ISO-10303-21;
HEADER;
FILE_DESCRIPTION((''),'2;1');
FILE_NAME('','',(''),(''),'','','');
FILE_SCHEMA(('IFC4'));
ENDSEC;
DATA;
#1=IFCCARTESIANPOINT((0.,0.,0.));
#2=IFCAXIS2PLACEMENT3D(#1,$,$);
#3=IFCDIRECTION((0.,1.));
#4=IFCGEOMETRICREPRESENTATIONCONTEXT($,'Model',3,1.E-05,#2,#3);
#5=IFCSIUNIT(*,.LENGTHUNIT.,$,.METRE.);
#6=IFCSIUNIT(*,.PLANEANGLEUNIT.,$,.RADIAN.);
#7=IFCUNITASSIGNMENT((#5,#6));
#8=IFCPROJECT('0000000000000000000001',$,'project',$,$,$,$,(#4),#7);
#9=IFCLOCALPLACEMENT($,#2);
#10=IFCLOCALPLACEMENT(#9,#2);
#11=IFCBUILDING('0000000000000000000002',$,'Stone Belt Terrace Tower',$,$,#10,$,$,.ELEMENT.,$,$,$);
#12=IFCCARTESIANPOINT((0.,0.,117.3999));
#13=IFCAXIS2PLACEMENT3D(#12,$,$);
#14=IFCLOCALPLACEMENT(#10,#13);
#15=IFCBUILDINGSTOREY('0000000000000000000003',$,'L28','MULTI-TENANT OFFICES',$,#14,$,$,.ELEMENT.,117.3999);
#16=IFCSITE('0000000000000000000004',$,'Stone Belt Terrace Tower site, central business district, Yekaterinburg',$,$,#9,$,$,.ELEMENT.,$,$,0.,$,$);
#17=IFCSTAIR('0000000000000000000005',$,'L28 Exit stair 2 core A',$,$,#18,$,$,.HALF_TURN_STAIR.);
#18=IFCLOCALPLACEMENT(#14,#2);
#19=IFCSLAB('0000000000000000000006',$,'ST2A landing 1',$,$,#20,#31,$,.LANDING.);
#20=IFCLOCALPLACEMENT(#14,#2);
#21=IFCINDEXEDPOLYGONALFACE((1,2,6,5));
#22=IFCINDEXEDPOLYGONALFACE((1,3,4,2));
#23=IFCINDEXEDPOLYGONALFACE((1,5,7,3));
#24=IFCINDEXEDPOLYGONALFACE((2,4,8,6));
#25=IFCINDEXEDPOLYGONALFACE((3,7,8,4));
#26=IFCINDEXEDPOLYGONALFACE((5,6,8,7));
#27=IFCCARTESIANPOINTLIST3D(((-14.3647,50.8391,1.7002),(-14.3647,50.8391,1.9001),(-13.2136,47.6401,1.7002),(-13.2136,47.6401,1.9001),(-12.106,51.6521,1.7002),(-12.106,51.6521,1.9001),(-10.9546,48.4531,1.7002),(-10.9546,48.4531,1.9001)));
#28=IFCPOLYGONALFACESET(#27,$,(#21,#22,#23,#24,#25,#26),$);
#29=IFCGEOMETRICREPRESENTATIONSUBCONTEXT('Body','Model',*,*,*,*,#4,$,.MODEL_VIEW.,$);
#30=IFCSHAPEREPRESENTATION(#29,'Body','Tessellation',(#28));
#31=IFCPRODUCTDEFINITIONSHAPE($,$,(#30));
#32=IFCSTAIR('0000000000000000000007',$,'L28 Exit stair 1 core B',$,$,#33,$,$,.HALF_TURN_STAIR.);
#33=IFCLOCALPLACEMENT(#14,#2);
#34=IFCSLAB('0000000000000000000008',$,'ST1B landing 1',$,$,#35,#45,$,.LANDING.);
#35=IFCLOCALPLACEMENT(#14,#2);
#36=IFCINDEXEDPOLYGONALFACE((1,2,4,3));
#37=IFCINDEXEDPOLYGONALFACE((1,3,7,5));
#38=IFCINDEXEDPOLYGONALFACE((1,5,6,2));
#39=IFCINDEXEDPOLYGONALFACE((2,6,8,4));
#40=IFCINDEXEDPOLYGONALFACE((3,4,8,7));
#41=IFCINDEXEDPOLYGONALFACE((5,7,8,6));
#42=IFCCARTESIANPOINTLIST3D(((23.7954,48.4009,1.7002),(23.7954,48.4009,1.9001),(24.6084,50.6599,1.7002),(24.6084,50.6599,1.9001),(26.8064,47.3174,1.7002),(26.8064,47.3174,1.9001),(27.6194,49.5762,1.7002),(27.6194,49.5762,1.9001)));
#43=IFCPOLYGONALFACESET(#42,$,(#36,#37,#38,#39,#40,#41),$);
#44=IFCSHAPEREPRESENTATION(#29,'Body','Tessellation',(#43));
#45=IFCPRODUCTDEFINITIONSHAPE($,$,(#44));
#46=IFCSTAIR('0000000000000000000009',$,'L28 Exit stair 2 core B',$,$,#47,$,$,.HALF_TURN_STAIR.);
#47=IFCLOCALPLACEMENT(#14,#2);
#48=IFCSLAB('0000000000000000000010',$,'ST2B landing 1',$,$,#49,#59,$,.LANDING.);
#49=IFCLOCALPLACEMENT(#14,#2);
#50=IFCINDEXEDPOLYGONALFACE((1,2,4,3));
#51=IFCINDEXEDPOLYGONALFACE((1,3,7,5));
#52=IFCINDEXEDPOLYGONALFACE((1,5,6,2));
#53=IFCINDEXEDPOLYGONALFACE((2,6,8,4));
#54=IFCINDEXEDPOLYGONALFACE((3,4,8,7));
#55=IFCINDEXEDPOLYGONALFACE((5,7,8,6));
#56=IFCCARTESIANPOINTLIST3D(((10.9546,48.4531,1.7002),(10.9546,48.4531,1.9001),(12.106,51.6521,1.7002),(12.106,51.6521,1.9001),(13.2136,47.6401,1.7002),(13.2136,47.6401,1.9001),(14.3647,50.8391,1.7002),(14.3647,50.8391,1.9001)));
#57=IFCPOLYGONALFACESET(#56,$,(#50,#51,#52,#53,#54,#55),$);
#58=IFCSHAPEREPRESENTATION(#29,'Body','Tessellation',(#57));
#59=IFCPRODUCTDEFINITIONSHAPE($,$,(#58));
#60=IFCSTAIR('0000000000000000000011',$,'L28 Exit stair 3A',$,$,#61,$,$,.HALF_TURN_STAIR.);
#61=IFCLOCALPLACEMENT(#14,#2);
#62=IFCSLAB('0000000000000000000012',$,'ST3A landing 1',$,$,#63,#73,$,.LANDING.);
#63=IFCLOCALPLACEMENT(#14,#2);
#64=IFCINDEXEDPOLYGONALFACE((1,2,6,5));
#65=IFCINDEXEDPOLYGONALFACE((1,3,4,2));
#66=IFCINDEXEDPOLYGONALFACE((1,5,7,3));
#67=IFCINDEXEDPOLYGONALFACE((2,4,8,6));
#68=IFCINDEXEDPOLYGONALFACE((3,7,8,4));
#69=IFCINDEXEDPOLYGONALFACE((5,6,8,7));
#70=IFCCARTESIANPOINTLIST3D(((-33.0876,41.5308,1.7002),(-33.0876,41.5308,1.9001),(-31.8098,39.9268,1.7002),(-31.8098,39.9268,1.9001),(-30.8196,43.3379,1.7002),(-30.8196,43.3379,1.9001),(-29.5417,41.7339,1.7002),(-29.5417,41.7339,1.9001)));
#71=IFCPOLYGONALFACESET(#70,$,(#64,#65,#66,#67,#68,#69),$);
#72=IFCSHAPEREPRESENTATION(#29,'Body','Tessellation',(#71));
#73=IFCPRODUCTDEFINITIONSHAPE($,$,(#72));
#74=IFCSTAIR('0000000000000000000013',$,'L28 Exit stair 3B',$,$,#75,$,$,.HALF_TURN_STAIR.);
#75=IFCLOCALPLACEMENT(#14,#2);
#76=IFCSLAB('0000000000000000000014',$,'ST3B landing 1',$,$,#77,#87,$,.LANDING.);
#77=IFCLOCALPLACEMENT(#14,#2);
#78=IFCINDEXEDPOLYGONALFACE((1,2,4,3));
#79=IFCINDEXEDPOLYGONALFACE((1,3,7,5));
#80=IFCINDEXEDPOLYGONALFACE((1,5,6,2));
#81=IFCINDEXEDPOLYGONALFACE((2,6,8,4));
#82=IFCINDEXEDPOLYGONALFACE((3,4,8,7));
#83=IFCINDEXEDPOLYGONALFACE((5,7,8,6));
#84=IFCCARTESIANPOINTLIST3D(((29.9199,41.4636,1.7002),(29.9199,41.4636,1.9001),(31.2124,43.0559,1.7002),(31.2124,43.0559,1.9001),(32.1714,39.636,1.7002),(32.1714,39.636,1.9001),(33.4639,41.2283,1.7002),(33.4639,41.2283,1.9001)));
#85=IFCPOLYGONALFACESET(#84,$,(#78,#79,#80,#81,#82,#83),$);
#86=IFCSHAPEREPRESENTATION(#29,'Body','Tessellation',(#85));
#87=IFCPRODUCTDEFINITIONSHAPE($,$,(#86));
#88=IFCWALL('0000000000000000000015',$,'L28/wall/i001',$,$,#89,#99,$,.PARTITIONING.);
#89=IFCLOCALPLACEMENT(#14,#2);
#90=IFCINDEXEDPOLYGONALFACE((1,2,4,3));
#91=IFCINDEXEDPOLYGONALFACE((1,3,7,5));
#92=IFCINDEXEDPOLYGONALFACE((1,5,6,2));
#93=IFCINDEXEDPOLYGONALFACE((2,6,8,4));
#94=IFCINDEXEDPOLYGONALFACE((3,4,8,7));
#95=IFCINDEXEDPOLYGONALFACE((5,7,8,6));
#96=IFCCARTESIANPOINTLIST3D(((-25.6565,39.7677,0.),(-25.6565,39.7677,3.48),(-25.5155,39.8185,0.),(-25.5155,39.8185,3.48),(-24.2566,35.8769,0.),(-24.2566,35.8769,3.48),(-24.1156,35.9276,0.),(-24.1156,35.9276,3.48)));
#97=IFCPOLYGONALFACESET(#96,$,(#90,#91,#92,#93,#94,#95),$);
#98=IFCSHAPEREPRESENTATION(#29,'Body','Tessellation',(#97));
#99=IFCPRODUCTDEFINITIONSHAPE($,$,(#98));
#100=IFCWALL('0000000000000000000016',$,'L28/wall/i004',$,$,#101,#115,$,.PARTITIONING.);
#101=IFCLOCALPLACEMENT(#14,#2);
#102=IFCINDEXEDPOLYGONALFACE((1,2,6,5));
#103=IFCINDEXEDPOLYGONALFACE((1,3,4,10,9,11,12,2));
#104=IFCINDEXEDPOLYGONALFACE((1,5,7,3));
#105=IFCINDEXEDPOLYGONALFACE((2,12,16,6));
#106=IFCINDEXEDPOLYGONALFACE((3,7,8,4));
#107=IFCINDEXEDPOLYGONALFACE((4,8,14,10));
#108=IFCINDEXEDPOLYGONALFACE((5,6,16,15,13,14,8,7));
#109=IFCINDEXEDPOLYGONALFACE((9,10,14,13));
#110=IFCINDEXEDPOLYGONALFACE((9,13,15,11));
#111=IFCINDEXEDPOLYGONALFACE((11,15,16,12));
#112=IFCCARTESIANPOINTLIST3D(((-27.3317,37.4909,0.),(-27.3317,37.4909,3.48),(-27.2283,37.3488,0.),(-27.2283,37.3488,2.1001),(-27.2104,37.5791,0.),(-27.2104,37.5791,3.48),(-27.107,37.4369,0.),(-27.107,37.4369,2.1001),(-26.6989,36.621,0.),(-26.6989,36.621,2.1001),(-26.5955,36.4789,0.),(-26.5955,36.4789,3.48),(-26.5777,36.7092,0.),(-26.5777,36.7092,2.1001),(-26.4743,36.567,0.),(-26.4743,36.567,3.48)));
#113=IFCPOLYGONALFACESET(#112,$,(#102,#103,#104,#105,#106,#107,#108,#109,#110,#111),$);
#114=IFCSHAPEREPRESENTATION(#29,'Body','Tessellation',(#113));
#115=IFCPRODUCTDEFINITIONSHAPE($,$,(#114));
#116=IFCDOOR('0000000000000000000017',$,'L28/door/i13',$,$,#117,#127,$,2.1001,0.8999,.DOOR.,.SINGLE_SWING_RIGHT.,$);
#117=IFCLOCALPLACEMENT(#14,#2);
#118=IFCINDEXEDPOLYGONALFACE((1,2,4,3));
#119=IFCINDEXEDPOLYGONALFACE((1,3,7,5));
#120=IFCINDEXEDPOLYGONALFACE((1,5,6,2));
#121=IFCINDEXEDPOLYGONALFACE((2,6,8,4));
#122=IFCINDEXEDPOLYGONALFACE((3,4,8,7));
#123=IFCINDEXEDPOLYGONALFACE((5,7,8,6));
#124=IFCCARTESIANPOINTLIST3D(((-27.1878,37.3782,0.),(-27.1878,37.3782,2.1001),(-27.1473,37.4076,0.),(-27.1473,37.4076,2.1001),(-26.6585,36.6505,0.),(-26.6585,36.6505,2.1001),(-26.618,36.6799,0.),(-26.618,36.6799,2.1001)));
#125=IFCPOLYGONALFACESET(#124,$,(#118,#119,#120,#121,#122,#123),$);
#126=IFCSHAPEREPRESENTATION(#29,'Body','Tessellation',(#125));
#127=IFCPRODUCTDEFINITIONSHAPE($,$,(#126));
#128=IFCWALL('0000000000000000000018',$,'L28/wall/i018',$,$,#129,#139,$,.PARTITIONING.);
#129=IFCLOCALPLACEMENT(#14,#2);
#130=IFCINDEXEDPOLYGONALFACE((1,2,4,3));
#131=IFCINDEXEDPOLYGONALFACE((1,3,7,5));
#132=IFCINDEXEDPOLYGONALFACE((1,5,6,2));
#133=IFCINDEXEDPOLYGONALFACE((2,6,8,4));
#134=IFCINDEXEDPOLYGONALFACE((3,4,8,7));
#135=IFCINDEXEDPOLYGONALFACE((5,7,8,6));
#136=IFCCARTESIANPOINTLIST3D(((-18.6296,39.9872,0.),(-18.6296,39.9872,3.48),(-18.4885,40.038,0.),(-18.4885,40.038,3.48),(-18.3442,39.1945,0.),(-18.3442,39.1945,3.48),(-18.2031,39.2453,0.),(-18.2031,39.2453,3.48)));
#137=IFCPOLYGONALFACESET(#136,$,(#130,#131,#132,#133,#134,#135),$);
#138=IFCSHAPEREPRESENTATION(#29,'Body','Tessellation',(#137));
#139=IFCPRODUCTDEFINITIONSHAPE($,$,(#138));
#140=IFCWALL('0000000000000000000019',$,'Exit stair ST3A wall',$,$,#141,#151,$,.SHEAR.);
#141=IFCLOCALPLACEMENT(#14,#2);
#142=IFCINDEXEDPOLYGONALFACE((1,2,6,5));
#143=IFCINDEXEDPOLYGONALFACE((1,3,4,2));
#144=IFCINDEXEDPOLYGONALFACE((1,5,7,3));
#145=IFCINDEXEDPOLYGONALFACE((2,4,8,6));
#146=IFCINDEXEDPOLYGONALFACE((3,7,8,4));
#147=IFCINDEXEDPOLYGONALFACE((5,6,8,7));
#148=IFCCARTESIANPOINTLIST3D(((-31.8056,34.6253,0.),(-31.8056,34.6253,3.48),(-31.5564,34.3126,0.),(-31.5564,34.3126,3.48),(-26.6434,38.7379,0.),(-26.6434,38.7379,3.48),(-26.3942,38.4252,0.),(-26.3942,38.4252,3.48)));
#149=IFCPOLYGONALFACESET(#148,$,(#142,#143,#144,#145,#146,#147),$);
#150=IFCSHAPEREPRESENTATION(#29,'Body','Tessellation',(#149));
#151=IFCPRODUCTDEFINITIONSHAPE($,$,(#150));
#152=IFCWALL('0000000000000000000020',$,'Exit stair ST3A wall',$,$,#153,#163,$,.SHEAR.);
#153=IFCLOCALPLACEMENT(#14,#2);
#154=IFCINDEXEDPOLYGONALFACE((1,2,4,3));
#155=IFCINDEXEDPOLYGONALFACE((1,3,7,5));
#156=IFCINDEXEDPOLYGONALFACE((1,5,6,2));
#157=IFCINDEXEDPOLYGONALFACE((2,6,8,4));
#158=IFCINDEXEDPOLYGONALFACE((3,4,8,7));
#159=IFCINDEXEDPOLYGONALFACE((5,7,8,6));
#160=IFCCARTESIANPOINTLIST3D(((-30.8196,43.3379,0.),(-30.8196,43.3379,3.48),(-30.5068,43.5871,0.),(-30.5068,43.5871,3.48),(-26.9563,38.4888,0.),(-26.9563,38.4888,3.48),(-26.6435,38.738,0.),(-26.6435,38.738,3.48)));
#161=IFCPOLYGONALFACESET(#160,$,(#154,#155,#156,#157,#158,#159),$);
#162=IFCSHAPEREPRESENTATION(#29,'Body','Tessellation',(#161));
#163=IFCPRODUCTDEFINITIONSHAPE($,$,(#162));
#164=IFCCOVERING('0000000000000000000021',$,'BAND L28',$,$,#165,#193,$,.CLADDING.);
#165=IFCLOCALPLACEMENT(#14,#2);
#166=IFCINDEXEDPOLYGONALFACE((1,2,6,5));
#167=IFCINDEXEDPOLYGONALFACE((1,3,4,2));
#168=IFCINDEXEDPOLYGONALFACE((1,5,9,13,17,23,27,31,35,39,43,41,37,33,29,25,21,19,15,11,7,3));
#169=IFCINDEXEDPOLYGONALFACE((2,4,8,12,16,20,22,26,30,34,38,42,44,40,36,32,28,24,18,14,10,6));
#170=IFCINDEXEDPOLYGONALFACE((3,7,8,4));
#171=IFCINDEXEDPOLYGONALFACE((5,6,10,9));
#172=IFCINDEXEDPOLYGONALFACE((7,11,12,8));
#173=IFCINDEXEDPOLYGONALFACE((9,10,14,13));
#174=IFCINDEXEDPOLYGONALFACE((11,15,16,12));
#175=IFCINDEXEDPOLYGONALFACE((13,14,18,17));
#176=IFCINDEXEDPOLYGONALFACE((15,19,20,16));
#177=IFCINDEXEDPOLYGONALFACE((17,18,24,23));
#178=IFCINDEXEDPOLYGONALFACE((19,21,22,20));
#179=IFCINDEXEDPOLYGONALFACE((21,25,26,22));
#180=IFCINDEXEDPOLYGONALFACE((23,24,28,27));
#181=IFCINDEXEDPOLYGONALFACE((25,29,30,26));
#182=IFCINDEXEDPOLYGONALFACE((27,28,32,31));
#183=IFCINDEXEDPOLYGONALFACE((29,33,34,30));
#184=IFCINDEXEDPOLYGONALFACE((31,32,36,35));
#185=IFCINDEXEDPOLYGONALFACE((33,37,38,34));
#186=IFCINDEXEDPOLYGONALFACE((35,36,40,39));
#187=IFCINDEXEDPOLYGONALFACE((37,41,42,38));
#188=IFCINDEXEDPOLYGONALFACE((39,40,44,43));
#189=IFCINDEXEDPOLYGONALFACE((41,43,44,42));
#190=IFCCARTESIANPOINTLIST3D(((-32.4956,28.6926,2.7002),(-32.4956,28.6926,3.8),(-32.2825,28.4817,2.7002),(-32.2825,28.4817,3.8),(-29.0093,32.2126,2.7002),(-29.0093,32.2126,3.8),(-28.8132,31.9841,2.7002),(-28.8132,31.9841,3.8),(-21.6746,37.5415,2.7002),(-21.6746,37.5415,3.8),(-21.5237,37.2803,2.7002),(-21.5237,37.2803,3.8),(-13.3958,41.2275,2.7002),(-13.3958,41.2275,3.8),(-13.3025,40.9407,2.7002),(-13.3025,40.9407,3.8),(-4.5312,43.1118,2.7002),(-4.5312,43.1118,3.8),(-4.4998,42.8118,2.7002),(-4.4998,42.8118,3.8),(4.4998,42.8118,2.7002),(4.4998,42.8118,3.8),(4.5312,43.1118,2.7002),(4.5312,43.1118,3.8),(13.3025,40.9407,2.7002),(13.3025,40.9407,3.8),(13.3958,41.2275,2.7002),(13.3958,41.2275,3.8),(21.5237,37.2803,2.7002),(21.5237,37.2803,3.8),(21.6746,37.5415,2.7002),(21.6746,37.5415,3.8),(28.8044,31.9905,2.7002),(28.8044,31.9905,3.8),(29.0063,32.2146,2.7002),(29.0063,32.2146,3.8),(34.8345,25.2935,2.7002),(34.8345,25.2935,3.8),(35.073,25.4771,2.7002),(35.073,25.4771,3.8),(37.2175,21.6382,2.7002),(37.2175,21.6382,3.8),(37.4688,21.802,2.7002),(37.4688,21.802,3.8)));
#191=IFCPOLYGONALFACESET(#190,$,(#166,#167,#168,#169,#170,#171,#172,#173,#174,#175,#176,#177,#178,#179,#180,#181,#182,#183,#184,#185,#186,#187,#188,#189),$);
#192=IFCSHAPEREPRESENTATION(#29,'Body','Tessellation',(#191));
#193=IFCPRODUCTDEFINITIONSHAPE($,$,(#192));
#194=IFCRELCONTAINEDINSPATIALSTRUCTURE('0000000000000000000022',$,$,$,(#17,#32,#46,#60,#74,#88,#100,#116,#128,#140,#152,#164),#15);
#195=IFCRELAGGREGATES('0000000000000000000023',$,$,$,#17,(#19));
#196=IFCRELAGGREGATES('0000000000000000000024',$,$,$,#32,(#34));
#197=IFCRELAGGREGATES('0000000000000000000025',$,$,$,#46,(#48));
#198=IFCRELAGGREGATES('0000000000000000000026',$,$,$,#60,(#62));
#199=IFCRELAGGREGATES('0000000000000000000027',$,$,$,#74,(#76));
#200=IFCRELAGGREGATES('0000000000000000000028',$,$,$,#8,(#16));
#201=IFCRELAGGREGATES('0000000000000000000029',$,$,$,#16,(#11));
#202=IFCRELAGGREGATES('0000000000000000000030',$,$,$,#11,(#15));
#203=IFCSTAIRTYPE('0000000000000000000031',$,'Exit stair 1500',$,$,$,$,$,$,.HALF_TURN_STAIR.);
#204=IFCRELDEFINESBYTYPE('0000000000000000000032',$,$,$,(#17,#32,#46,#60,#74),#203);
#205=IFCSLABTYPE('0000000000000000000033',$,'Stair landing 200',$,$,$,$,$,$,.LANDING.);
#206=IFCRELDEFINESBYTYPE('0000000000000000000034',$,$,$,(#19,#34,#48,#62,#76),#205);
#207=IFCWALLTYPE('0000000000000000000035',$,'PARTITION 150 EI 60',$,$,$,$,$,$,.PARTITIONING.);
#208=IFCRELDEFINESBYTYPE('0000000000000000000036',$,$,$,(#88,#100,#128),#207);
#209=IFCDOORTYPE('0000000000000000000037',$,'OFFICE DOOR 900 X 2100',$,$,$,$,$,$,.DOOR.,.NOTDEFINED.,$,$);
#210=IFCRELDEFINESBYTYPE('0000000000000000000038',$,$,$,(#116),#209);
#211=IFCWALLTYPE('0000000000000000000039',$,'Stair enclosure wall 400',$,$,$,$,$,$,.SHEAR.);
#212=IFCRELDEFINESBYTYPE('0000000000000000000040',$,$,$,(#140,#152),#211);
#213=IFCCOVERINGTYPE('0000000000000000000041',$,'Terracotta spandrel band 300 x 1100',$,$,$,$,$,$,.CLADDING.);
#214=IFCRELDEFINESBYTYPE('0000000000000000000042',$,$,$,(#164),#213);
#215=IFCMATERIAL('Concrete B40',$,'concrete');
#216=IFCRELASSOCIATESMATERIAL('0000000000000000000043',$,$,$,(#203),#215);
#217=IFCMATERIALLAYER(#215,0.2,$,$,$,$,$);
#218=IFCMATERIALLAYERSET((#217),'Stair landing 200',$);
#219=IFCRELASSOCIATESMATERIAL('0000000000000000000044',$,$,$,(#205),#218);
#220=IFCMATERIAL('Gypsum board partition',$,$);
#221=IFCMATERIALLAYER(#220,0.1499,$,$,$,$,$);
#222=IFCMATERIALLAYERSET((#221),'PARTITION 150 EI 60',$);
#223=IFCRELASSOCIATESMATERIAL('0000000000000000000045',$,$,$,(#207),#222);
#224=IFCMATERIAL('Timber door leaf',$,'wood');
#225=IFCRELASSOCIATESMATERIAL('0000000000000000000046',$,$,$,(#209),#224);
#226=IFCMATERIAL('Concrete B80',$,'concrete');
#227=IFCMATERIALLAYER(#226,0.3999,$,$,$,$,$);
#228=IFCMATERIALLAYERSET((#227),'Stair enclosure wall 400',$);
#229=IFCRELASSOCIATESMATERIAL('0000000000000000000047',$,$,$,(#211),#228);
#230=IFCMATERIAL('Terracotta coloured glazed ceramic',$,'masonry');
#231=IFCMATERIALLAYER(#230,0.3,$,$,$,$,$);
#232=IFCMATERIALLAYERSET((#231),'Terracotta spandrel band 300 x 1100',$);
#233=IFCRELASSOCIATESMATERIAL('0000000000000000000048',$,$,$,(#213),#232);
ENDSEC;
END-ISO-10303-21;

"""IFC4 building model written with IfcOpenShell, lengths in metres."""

from ifc_helpers import new_model, si_unit, direction, frame, frame_2d, origin, place, context, subcontext, project, spatial, polyline, rectangle, outline, extrude, material, layer, layer_set, type_object, element, fill, aggregate, save


model = new_model("IFC4")

# Units and contexts
model_context = context("Model", 3, precision=1e-05, world=origin(), true_north=direction((0.0, 1.0)))
body_context = subcontext(model_context, "Body", "Model", "MODEL_VIEW")
ifc_project = project(units=[si_unit("LENGTHUNIT", "METRE"), si_unit("PLANEANGLEUNIT", "RADIAN")], contexts=[model_context])

# Site, building, storey
site_placement = place(None, origin())
site = spatial("IfcSite", under=ifc_project, at=site_placement, Name="Stone Belt Terrace Tower site, central business district, Yekaterinburg", CompositionType="ELEMENT", RefElevation=0.0)
building_placement = place(site_placement, origin())
building = spatial("IfcBuilding", under=site, at=building_placement, Name="Stone Belt Terrace Tower", CompositionType="ELEMENT")
storey_placement = place(building_placement, frame((0.0, 0.0, 117.3999)))
storey = spatial("IfcBuildingStorey", under=building, at=storey_placement, Name="L28", Description="MULTI-TENANT OFFICES", CompositionType="ELEMENT", Elevation=117.3999)

# Shared definitions
ifc_material_1 = material(Name="Concrete B80", Category="concrete")

# Shared definitions
ifc_material_2 = material(Name="Concrete B40", Category="concrete")

# Stairs, slabs
stair_type = type_object("IfcStairType", Name="Exit stair 1500", PredefinedType="HALF_TURN_STAIR", material=ifc_material_2)
ifc_layer_1 = layer(ifc_material_2, 0.2)
ifc_layer_set_1 = layer_set([ifc_layer_1], Name="Stair landing 200")
slab_type_1 = type_object("IfcSlabType", Name="Stair landing 200", PredefinedType="LANDING", material=ifc_layer_set_1)
stair_1_placement = place(storey_placement, origin())
stair_1 = element("IfcStair", 1, at=stair_1_placement, inside=storey, type_object=stair_type, Name="L28 Exit stair 2 core A", PredefinedType="HALF_TURN_STAIR")
slab_1_placement = place(storey_placement, frame((0.0, 0.0, 1.7002)))
slab_1 = element("IfcSlab", 2, at=slab_1_placement, type_object=slab_type_1, Name="ST2A landing 1", PredefinedType="LANDING", context=body_context, shape_type="SweptSolid", body=[
    extrude(outline(polyline([(-13.2136, 47.6401), (-10.9546, 48.4531), (-12.106, 51.6521), (-14.3647, 50.8391), (-13.2136, 47.6401)])), origin(), (0.0, 0.0, 1.0), 0.2),
])
aggregate(stair_1, [slab_1])
stair_2_placement = place(storey_placement, origin())
stair_2 = element("IfcStair", 3, at=stair_2_placement, inside=storey, type_object=stair_type, Name="L28 Exit stair 1 core B", PredefinedType="HALF_TURN_STAIR")
slab_2_placement = place(storey_placement, frame((0.0, 0.0, 1.7002)))
slab_2 = element("IfcSlab", 4, at=slab_2_placement, type_object=slab_type_1, Name="ST1B landing 1", PredefinedType="LANDING", context=body_context, shape_type="SweptSolid", body=[
    extrude(outline(polyline([(26.8064, 47.3174), (27.6194, 49.5762), (24.6084, 50.6599), (23.7954, 48.4009), (26.8064, 47.3174)])), origin(), (0.0, 0.0, 1.0), 0.2),
])
aggregate(stair_2, [slab_2])
stair_3_placement = place(storey_placement, origin())
stair_3 = element("IfcStair", 5, at=stair_3_placement, inside=storey, type_object=stair_type, Name="L28 Exit stair 2 core B", PredefinedType="HALF_TURN_STAIR")
slab_3_placement = place(storey_placement, frame((0.0, 0.0, 1.7002)))
slab_3 = element("IfcSlab", 6, at=slab_3_placement, type_object=slab_type_1, Name="ST2B landing 1", PredefinedType="LANDING", context=body_context, shape_type="SweptSolid", body=[
    extrude(outline(polyline([(14.3647, 50.8391), (12.106, 51.6521), (10.9546, 48.4531), (13.2136, 47.6401), (14.3647, 50.8391)])), origin(), (0.0, 0.0, 1.0), 0.2),
])
aggregate(stair_3, [slab_3])
stair_4_placement = place(storey_placement, origin())
stair_4 = element("IfcStair", 7, at=stair_4_placement, inside=storey, type_object=stair_type, Name="L28 Exit stair 3A", PredefinedType="HALF_TURN_STAIR")
slab_4_placement = place(storey_placement, frame((0.0, 0.0, 1.7002)))
slab_4 = element("IfcSlab", 8, at=slab_4_placement, type_object=slab_type_1, Name="ST3A landing 1", PredefinedType="LANDING", context=body_context, shape_type="SweptSolid", body=[
    extrude(outline(polyline([(-29.5417, 41.7339), (-30.8196, 43.3379), (-33.0876, 41.5308), (-31.8098, 39.9268), (-29.5417, 41.7339)])), origin(), (0.0, 0.0, 1.0), 0.2),
])
aggregate(stair_4, [slab_4])
stair_5_placement = place(storey_placement, origin())
stair_5 = element("IfcStair", 9, at=stair_5_placement, inside=storey, type_object=stair_type, Name="L28 Exit stair 3B", PredefinedType="HALF_TURN_STAIR")
slab_5_placement = place(storey_placement, frame((0.0, 0.0, 1.7002)))
slab_5 = element("IfcSlab", 10, at=slab_5_placement, type_object=slab_type_1, Name="ST3B landing 1", PredefinedType="LANDING", context=body_context, shape_type="SweptSolid", body=[
    extrude(outline(polyline([(32.1714, 39.636), (33.4639, 41.2283), (31.2124, 43.0559), (29.9199, 41.4636), (32.1714, 39.636)])), origin(), (0.0, 0.0, 1.0), 0.2),
])
aggregate(stair_5, [slab_5])

# Wall
ifc_material_3 = material(Name="Gypsum board partition")
ifc_layer_2 = layer(ifc_material_3, 0.1499)
ifc_layer_set_2 = layer_set([ifc_layer_2], Name="PARTITION 150 EI 60")
wall_type_1 = type_object("IfcWallType", Name="PARTITION 150 EI 60", PredefinedType="PARTITIONING", material=ifc_layer_set_2)
wall_1_placement = place(storey_placement, frame((-25.5859, 39.793, 0.0), z_axis=(0.0, 0.0, 1.0), x_axis=(0.338546, -0.94095, 0.0)))
element("IfcWall", 11, at=wall_1_placement, inside=storey, type_object=wall_type_1, Name="L28/wall/i001", PredefinedType="PARTITIONING", context=body_context, shape_type="SweptSolid", body=[
    extrude(rectangle(XDim=4.135, YDim=0.1499, at=frame_2d((2.0674, 0.0))), origin(), (0.0, 0.0, 1.0), 3.48),
])

# Wall, opening, door
wall_2_placement = place(storey_placement, frame((-26.5349, 36.5229, 0.0), z_axis=(0.0, 0.0, 1.0), x_axis=(-0.58823, 0.808694, 0.0)))
wall_2 = element("IfcWall", 12, at=wall_2_placement, inside=storey, type_object=wall_type_1, Name="L28/wall/i004", PredefinedType="PARTITIONING", context=body_context, shape_type="SweptSolid", body=[
    extrude(rectangle(XDim=1.2515, YDim=0.1499, at=frame_2d((0.6257, 0.0))), origin(), (0.0, 0.0, 1.0), 3.48),
])
opening_placement = place(wall_2_placement, frame((0.1758, 0.0, 0.0)))
opening = element("IfcOpeningElement", 13, at=opening_placement, cuts=wall_2, PredefinedType="OPENING", context=body_context, shape_type="SweptSolid", body=[
    extrude(rectangle(XDim=0.8999, YDim=2.1001, at=frame_2d((0.45, 1.05))), frame((0.0, 0.085, 0.0), z_axis=(0.0, -1.0, 0.0), x_axis=(1.0, 0.0, 0.0)), (0.0, 0.0, 1.0), 0.1699),
])
ifc_material_4 = material(Name="Timber door leaf", Category="wood")
door_type = type_object("IfcDoorType", Name="OFFICE DOOR 900 X 2100", OperationType="NOTDEFINED", PredefinedType="DOOR", material=ifc_material_4)
door_placement = place(opening_placement, origin())
door = element("IfcDoor", 14, at=door_placement, inside=storey, type_object=door_type, Name="L28/door/i13", OperationType="SINGLE_SWING_RIGHT", OverallHeight=2.1001, OverallWidth=0.8999, PredefinedType="DOOR", context=body_context, shape_type="SweptSolid", body=[
    extrude(rectangle(XDim=0.8999, YDim=2.1001, at=frame_2d((0.45, 1.05))), frame((0.0, 0.0249, 0.0), z_axis=(0.0, -1.0, 0.0), x_axis=(1.0, 0.0, 0.0)), (0.0, 0.0, 1.0), 0.05),
])
fill(opening, door)

# Walls
wall_3_placement = place(storey_placement, frame((-18.5591, 40.0127, 0.0), z_axis=(0.0, 0.0, 1.0), x_axis=(0.33874, -0.94088, 0.0)))
element("IfcWall", 15, at=wall_3_placement, inside=storey, type_object=wall_type_1, Name="L28/wall/i018", PredefinedType="PARTITIONING", context=body_context, shape_type="SweptSolid", body=[
    extrude(rectangle(XDim=0.8425, YDim=0.1499, at=frame_2d((0.4214, 0.0))), origin(), (0.0, 0.0, 1.0), 3.48),
])
ifc_layer_3 = layer(ifc_material_1, 0.3999)
ifc_layer_set_3 = layer_set([ifc_layer_3], Name="Stair enclosure wall 400")
wall_type_2 = type_object("IfcWallType", Name="Stair enclosure wall 400", PredefinedType="SHEAR", material=ifc_layer_set_3)
wall_4_placement = place(storey_placement, frame((-26.5188, 38.5815, 0.0), z_axis=(0.0, 0.0, 1.0), x_axis=(-0.782134, -0.62311, 0.0)))
element("IfcWall", 16, at=wall_4_placement, inside=storey, type_object=wall_type_2, Name="Exit stair ST3A wall", PredefinedType="SHEAR", context=body_context, shape_type="SweptSolid", body=[
    extrude(rectangle(XDim=6.6001, YDim=0.3999, at=frame_2d((3.3, 0.0))), origin(), (0.0, 0.0, 1.0), 3.48),
])
wall_5_placement = place(storey_placement, frame((-26.7998, 38.6133, 0.0), z_axis=(0.0, 0.0, 1.0), x_axis=(-0.623119, 0.782127, 0.0)))
element("IfcWall", 17, at=wall_5_placement, inside=storey, type_object=wall_type_2, Name="Exit stair ST3A wall", PredefinedType="SHEAR", context=body_context, shape_type="SweptSolid", body=[
    extrude(rectangle(XDim=6.2, YDim=0.3999, at=frame_2d((3.1001, 0.0))), origin(), (0.0, 0.0, 1.0), 3.48),
])

# Covering
ifc_material_5 = material(Name="Terracotta coloured glazed ceramic", Category="masonry")
ifc_layer_4 = layer(ifc_material_5, 0.3)
ifc_layer_set_4 = layer_set([ifc_layer_4], Name="Terracotta spandrel band 300 x 1100")
covering_type = type_object("IfcCoveringType", Name="Terracotta spandrel band 300 x 1100", PredefinedType="CLADDING", material=ifc_layer_set_4)
covering_placement = place(storey_placement, frame((0.0, 0.0, 2.7002)))
element("IfcCovering", 18, at=covering_placement, inside=storey, type_object=covering_type, Name="BAND L28", PredefinedType="CLADDING", context=body_context, shape_type="SweptSolid", body=[
    extrude(outline(polyline([(-32.4956, 28.6926), (-29.0093, 32.2126), (-21.6746, 37.5415), (-13.3958, 41.2275), (-4.5312, 43.1118), (4.5312, 43.1118), (13.3958, 41.2275), (21.6746, 37.5415), (29.0063, 32.2146), (35.073, 25.4771), (37.4688, 21.802), (37.2175, 21.6382), (34.8345, 25.2935), (28.8044, 31.9905), (21.5237, 37.2803), (13.3025, 40.9407), (4.4998, 42.8118), (-4.4998, 42.8118), (-13.3025, 40.9407), (-21.5237, 37.2803), (-28.8132, 31.9841), (-32.2825, 28.4817), (-32.4956, 28.6926)])), origin(), (0.0, 0.0, 1.0), 1.0999),
])

save(model, "model.ifc")
